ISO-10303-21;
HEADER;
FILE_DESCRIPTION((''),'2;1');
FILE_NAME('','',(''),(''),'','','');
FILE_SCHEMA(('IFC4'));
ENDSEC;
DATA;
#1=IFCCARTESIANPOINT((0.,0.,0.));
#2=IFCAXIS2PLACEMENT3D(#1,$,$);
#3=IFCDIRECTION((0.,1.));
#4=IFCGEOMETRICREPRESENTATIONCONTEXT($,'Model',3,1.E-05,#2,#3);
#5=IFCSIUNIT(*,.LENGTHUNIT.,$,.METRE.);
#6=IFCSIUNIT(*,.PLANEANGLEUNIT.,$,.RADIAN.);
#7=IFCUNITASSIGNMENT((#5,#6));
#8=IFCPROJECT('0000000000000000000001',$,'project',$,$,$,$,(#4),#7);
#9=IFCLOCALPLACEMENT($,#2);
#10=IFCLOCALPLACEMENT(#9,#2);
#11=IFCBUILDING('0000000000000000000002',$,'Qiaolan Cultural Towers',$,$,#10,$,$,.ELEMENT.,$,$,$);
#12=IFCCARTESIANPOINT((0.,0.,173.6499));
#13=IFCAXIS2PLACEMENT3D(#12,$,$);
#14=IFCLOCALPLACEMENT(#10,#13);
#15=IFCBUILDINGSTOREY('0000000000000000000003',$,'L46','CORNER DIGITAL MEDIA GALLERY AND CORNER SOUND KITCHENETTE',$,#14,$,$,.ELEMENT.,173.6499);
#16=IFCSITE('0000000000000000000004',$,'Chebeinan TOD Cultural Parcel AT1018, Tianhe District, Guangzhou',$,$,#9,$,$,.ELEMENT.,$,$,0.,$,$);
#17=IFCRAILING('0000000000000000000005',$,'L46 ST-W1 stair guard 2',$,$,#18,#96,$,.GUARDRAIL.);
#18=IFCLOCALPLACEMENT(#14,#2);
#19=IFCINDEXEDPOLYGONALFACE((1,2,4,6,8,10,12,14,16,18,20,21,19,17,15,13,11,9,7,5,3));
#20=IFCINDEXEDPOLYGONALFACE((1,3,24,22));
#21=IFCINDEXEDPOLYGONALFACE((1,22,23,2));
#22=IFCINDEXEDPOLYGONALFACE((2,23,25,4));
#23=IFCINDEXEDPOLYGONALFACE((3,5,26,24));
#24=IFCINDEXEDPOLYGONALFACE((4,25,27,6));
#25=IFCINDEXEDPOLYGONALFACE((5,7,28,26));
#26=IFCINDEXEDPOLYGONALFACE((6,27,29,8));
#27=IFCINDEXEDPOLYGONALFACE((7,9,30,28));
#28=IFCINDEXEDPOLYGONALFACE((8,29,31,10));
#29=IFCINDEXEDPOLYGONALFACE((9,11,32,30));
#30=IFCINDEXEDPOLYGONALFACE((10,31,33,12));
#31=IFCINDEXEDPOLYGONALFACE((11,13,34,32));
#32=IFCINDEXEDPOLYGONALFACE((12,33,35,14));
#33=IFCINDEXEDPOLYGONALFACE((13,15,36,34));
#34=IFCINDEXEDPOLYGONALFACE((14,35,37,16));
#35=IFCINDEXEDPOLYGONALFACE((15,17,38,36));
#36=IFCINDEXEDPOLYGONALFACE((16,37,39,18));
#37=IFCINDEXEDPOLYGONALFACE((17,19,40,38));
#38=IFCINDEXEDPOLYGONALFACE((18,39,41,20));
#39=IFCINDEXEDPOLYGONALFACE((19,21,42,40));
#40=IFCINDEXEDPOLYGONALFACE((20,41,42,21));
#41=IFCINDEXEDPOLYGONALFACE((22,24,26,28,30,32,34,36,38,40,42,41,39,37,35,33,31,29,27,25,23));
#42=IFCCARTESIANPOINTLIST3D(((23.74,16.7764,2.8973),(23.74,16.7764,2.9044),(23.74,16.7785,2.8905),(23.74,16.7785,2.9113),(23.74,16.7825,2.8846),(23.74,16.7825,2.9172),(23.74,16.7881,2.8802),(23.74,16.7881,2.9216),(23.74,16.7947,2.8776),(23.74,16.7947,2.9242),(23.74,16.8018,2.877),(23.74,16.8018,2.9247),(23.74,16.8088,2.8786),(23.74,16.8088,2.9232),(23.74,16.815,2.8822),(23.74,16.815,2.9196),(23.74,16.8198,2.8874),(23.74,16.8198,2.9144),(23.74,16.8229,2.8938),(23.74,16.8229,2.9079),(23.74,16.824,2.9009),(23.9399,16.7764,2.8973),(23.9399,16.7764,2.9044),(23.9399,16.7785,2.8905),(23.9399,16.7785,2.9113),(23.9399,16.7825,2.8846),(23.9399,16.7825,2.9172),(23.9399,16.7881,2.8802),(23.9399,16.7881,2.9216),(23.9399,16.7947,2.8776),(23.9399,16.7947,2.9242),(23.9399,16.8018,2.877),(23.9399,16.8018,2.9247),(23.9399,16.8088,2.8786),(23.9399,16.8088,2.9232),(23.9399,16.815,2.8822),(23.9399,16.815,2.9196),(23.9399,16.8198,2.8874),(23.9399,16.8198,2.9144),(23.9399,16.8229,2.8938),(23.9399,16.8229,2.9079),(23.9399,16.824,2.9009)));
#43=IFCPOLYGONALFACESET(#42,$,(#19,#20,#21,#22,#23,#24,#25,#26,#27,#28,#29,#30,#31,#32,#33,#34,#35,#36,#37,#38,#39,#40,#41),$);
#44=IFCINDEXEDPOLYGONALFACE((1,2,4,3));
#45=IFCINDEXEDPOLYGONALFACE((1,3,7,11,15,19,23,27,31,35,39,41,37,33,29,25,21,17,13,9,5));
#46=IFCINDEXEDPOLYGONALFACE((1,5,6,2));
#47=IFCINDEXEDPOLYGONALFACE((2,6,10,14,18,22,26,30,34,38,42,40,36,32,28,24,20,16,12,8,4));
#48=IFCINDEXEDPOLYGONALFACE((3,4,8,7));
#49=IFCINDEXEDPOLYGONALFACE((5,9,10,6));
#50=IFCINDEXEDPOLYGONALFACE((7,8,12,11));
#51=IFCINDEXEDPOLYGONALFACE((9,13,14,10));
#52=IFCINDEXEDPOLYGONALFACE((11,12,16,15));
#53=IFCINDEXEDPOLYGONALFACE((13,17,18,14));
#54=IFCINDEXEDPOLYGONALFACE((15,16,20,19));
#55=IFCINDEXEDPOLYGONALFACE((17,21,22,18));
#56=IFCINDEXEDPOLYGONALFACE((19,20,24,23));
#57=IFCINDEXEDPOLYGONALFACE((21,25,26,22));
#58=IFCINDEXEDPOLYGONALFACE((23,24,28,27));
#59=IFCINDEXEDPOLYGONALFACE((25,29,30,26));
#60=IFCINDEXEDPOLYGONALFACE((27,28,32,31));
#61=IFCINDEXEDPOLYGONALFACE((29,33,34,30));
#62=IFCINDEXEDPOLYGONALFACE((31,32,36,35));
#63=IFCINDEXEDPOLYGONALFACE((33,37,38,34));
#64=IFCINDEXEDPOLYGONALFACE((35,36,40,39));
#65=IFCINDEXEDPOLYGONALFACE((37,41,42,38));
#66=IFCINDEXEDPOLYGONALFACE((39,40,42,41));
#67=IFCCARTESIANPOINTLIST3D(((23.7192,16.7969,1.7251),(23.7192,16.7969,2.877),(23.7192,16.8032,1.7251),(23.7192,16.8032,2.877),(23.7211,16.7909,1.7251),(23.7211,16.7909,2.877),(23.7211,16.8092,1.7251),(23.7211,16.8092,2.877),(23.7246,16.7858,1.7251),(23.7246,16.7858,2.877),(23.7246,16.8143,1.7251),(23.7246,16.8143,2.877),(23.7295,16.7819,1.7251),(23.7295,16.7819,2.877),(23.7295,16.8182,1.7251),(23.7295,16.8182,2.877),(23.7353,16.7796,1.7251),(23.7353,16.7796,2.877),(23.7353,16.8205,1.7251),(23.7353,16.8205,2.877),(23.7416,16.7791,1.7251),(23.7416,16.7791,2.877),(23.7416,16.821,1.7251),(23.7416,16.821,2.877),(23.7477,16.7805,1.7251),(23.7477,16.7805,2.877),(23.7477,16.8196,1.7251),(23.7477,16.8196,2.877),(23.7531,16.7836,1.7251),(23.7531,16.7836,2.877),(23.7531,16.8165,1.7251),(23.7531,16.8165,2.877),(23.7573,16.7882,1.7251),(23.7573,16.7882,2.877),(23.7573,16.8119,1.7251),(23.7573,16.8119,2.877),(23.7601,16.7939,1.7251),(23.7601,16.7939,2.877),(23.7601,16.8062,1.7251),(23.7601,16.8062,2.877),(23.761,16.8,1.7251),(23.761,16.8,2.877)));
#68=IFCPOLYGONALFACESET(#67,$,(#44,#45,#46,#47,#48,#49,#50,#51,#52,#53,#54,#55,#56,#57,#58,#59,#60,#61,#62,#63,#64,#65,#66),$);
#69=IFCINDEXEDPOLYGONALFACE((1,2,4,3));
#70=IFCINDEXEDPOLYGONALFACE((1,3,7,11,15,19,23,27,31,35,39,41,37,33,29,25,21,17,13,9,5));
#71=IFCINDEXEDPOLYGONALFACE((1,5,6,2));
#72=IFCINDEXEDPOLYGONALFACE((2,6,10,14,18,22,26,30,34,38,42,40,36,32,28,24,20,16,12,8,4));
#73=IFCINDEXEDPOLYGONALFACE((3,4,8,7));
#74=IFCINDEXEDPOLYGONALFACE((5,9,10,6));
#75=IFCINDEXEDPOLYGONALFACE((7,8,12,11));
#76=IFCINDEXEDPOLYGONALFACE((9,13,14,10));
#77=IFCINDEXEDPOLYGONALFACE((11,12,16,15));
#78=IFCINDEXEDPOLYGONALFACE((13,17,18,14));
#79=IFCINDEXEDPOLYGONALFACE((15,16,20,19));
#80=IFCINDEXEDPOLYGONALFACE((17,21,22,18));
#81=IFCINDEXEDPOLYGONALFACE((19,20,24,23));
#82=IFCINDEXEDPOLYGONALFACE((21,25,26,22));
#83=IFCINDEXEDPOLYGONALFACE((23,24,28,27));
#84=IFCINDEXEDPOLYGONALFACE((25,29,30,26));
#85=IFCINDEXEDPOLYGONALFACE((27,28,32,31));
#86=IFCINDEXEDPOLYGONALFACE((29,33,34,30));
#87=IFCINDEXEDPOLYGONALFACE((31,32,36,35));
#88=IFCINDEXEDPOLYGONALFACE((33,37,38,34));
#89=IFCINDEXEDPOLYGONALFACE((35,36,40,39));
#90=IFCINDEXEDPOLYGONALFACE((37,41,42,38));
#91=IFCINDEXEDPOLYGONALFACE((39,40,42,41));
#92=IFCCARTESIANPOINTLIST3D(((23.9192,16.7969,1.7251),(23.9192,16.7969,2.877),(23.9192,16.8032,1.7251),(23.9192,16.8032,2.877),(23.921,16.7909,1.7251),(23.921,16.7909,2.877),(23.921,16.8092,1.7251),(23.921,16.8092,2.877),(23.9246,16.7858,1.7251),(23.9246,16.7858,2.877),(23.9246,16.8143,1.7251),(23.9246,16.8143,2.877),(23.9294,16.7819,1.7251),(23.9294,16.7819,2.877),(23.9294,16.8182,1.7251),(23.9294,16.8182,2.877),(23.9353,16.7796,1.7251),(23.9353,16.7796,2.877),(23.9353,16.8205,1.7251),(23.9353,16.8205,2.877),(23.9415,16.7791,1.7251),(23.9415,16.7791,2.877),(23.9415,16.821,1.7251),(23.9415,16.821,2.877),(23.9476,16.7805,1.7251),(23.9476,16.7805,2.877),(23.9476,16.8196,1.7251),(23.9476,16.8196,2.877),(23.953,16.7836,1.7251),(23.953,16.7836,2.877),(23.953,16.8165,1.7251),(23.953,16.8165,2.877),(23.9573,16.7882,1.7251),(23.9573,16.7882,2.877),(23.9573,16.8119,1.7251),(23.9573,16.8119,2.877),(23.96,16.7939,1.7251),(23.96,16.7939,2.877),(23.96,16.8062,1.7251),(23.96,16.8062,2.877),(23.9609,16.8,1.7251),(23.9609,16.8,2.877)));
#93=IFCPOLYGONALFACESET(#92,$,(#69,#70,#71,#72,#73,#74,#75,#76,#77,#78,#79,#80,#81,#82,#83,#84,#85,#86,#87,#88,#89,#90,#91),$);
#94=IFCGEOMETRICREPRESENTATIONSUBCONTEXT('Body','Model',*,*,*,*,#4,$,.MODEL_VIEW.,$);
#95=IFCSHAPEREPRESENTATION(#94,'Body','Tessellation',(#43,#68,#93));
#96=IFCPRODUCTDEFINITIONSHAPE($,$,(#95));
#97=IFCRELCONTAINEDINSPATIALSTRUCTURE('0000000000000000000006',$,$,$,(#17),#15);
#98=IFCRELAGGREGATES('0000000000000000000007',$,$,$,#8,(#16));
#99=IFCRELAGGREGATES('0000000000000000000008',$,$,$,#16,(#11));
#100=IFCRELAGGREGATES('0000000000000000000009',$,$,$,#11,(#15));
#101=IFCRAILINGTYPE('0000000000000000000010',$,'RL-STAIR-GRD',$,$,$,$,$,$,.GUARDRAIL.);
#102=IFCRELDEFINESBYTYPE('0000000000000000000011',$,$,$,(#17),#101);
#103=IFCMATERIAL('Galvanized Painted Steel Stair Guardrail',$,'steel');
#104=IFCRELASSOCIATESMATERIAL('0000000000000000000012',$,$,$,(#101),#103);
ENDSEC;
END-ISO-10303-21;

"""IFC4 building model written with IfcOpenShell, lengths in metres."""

from ifc_helpers import new_model, si_unit, direction, frame, origin, origin_2d, place, context, subcontext, project, spatial, circle, extrude, material, type_object, element, save


model = new_model("IFC4")

# Units and contexts
model_context = context("Model", 3, precision=1e-05, world=origin(), true_north=direction((0.0, 1.0)))
body_context = subcontext(model_context, "Body", "Model", "MODEL_VIEW")
ifc_project = project(units=[si_unit("LENGTHUNIT", "METRE"), si_unit("PLANEANGLEUNIT", "RADIAN")], contexts=[model_context])

# Site, building, storey
site_placement = place(None, origin())
site = spatial("IfcSite", under=ifc_project, at=site_placement, Name="Chebeinan TOD Cultural Parcel AT1018, Tianhe District, Guangzhou", CompositionType="ELEMENT", RefElevation=0.0)
building_placement = place(site_placement, origin())
building = spatial("IfcBuilding", under=site, at=building_placement, Name="Qiaolan Cultural Towers", CompositionType="ELEMENT")
storey_placement = place(building_placement, frame((0.0, 0.0, 173.6499)))
storey = spatial("IfcBuildingStorey", under=building, at=storey_placement, Name="L46", Description="CORNER DIGITAL MEDIA GALLERY AND CORNER SOUND KITCHENETTE", CompositionType="ELEMENT", Elevation=173.6499)

# Railing
ifc_material_1 = material(Name="Galvanized Painted Steel Stair Guardrail", Category="steel")
railing_type_1 = type_object("IfcRailingType", Name="RL-STAIR-GRD", PredefinedType="GUARDRAIL", material=ifc_material_1)
railing_1_placement = place(storey_placement, frame((23.74, 16.8, 1.7251)))
element("IfcRailing", 1, at=railing_1_placement, inside=storey, type_object=railing_type_1, Name="L46 ST-W1 stair guard 2", PredefinedType="GUARDRAIL", context=body_context, shape_type="SweptSolid", body=[
    extrude(circle(Radius=0.0239, at=origin_2d()), frame((0.0, 0.0, 1.1758), z_axis=(1.0, 0.0, 0.0), x_axis=(0.0, 1.0, 0.0)), (0.0, 0.0, 1.0), 0.2),
    extrude(circle(Radius=0.021, at=origin_2d()), origin(), (0.0, 0.0, 1.0), 1.1519),
    extrude(circle(Radius=0.021, at=origin_2d()), frame((0.2, 0.0, 0.0)), (0.0, 0.0, 1.0), 1.1519),
])

save(model, "model.ifc")
